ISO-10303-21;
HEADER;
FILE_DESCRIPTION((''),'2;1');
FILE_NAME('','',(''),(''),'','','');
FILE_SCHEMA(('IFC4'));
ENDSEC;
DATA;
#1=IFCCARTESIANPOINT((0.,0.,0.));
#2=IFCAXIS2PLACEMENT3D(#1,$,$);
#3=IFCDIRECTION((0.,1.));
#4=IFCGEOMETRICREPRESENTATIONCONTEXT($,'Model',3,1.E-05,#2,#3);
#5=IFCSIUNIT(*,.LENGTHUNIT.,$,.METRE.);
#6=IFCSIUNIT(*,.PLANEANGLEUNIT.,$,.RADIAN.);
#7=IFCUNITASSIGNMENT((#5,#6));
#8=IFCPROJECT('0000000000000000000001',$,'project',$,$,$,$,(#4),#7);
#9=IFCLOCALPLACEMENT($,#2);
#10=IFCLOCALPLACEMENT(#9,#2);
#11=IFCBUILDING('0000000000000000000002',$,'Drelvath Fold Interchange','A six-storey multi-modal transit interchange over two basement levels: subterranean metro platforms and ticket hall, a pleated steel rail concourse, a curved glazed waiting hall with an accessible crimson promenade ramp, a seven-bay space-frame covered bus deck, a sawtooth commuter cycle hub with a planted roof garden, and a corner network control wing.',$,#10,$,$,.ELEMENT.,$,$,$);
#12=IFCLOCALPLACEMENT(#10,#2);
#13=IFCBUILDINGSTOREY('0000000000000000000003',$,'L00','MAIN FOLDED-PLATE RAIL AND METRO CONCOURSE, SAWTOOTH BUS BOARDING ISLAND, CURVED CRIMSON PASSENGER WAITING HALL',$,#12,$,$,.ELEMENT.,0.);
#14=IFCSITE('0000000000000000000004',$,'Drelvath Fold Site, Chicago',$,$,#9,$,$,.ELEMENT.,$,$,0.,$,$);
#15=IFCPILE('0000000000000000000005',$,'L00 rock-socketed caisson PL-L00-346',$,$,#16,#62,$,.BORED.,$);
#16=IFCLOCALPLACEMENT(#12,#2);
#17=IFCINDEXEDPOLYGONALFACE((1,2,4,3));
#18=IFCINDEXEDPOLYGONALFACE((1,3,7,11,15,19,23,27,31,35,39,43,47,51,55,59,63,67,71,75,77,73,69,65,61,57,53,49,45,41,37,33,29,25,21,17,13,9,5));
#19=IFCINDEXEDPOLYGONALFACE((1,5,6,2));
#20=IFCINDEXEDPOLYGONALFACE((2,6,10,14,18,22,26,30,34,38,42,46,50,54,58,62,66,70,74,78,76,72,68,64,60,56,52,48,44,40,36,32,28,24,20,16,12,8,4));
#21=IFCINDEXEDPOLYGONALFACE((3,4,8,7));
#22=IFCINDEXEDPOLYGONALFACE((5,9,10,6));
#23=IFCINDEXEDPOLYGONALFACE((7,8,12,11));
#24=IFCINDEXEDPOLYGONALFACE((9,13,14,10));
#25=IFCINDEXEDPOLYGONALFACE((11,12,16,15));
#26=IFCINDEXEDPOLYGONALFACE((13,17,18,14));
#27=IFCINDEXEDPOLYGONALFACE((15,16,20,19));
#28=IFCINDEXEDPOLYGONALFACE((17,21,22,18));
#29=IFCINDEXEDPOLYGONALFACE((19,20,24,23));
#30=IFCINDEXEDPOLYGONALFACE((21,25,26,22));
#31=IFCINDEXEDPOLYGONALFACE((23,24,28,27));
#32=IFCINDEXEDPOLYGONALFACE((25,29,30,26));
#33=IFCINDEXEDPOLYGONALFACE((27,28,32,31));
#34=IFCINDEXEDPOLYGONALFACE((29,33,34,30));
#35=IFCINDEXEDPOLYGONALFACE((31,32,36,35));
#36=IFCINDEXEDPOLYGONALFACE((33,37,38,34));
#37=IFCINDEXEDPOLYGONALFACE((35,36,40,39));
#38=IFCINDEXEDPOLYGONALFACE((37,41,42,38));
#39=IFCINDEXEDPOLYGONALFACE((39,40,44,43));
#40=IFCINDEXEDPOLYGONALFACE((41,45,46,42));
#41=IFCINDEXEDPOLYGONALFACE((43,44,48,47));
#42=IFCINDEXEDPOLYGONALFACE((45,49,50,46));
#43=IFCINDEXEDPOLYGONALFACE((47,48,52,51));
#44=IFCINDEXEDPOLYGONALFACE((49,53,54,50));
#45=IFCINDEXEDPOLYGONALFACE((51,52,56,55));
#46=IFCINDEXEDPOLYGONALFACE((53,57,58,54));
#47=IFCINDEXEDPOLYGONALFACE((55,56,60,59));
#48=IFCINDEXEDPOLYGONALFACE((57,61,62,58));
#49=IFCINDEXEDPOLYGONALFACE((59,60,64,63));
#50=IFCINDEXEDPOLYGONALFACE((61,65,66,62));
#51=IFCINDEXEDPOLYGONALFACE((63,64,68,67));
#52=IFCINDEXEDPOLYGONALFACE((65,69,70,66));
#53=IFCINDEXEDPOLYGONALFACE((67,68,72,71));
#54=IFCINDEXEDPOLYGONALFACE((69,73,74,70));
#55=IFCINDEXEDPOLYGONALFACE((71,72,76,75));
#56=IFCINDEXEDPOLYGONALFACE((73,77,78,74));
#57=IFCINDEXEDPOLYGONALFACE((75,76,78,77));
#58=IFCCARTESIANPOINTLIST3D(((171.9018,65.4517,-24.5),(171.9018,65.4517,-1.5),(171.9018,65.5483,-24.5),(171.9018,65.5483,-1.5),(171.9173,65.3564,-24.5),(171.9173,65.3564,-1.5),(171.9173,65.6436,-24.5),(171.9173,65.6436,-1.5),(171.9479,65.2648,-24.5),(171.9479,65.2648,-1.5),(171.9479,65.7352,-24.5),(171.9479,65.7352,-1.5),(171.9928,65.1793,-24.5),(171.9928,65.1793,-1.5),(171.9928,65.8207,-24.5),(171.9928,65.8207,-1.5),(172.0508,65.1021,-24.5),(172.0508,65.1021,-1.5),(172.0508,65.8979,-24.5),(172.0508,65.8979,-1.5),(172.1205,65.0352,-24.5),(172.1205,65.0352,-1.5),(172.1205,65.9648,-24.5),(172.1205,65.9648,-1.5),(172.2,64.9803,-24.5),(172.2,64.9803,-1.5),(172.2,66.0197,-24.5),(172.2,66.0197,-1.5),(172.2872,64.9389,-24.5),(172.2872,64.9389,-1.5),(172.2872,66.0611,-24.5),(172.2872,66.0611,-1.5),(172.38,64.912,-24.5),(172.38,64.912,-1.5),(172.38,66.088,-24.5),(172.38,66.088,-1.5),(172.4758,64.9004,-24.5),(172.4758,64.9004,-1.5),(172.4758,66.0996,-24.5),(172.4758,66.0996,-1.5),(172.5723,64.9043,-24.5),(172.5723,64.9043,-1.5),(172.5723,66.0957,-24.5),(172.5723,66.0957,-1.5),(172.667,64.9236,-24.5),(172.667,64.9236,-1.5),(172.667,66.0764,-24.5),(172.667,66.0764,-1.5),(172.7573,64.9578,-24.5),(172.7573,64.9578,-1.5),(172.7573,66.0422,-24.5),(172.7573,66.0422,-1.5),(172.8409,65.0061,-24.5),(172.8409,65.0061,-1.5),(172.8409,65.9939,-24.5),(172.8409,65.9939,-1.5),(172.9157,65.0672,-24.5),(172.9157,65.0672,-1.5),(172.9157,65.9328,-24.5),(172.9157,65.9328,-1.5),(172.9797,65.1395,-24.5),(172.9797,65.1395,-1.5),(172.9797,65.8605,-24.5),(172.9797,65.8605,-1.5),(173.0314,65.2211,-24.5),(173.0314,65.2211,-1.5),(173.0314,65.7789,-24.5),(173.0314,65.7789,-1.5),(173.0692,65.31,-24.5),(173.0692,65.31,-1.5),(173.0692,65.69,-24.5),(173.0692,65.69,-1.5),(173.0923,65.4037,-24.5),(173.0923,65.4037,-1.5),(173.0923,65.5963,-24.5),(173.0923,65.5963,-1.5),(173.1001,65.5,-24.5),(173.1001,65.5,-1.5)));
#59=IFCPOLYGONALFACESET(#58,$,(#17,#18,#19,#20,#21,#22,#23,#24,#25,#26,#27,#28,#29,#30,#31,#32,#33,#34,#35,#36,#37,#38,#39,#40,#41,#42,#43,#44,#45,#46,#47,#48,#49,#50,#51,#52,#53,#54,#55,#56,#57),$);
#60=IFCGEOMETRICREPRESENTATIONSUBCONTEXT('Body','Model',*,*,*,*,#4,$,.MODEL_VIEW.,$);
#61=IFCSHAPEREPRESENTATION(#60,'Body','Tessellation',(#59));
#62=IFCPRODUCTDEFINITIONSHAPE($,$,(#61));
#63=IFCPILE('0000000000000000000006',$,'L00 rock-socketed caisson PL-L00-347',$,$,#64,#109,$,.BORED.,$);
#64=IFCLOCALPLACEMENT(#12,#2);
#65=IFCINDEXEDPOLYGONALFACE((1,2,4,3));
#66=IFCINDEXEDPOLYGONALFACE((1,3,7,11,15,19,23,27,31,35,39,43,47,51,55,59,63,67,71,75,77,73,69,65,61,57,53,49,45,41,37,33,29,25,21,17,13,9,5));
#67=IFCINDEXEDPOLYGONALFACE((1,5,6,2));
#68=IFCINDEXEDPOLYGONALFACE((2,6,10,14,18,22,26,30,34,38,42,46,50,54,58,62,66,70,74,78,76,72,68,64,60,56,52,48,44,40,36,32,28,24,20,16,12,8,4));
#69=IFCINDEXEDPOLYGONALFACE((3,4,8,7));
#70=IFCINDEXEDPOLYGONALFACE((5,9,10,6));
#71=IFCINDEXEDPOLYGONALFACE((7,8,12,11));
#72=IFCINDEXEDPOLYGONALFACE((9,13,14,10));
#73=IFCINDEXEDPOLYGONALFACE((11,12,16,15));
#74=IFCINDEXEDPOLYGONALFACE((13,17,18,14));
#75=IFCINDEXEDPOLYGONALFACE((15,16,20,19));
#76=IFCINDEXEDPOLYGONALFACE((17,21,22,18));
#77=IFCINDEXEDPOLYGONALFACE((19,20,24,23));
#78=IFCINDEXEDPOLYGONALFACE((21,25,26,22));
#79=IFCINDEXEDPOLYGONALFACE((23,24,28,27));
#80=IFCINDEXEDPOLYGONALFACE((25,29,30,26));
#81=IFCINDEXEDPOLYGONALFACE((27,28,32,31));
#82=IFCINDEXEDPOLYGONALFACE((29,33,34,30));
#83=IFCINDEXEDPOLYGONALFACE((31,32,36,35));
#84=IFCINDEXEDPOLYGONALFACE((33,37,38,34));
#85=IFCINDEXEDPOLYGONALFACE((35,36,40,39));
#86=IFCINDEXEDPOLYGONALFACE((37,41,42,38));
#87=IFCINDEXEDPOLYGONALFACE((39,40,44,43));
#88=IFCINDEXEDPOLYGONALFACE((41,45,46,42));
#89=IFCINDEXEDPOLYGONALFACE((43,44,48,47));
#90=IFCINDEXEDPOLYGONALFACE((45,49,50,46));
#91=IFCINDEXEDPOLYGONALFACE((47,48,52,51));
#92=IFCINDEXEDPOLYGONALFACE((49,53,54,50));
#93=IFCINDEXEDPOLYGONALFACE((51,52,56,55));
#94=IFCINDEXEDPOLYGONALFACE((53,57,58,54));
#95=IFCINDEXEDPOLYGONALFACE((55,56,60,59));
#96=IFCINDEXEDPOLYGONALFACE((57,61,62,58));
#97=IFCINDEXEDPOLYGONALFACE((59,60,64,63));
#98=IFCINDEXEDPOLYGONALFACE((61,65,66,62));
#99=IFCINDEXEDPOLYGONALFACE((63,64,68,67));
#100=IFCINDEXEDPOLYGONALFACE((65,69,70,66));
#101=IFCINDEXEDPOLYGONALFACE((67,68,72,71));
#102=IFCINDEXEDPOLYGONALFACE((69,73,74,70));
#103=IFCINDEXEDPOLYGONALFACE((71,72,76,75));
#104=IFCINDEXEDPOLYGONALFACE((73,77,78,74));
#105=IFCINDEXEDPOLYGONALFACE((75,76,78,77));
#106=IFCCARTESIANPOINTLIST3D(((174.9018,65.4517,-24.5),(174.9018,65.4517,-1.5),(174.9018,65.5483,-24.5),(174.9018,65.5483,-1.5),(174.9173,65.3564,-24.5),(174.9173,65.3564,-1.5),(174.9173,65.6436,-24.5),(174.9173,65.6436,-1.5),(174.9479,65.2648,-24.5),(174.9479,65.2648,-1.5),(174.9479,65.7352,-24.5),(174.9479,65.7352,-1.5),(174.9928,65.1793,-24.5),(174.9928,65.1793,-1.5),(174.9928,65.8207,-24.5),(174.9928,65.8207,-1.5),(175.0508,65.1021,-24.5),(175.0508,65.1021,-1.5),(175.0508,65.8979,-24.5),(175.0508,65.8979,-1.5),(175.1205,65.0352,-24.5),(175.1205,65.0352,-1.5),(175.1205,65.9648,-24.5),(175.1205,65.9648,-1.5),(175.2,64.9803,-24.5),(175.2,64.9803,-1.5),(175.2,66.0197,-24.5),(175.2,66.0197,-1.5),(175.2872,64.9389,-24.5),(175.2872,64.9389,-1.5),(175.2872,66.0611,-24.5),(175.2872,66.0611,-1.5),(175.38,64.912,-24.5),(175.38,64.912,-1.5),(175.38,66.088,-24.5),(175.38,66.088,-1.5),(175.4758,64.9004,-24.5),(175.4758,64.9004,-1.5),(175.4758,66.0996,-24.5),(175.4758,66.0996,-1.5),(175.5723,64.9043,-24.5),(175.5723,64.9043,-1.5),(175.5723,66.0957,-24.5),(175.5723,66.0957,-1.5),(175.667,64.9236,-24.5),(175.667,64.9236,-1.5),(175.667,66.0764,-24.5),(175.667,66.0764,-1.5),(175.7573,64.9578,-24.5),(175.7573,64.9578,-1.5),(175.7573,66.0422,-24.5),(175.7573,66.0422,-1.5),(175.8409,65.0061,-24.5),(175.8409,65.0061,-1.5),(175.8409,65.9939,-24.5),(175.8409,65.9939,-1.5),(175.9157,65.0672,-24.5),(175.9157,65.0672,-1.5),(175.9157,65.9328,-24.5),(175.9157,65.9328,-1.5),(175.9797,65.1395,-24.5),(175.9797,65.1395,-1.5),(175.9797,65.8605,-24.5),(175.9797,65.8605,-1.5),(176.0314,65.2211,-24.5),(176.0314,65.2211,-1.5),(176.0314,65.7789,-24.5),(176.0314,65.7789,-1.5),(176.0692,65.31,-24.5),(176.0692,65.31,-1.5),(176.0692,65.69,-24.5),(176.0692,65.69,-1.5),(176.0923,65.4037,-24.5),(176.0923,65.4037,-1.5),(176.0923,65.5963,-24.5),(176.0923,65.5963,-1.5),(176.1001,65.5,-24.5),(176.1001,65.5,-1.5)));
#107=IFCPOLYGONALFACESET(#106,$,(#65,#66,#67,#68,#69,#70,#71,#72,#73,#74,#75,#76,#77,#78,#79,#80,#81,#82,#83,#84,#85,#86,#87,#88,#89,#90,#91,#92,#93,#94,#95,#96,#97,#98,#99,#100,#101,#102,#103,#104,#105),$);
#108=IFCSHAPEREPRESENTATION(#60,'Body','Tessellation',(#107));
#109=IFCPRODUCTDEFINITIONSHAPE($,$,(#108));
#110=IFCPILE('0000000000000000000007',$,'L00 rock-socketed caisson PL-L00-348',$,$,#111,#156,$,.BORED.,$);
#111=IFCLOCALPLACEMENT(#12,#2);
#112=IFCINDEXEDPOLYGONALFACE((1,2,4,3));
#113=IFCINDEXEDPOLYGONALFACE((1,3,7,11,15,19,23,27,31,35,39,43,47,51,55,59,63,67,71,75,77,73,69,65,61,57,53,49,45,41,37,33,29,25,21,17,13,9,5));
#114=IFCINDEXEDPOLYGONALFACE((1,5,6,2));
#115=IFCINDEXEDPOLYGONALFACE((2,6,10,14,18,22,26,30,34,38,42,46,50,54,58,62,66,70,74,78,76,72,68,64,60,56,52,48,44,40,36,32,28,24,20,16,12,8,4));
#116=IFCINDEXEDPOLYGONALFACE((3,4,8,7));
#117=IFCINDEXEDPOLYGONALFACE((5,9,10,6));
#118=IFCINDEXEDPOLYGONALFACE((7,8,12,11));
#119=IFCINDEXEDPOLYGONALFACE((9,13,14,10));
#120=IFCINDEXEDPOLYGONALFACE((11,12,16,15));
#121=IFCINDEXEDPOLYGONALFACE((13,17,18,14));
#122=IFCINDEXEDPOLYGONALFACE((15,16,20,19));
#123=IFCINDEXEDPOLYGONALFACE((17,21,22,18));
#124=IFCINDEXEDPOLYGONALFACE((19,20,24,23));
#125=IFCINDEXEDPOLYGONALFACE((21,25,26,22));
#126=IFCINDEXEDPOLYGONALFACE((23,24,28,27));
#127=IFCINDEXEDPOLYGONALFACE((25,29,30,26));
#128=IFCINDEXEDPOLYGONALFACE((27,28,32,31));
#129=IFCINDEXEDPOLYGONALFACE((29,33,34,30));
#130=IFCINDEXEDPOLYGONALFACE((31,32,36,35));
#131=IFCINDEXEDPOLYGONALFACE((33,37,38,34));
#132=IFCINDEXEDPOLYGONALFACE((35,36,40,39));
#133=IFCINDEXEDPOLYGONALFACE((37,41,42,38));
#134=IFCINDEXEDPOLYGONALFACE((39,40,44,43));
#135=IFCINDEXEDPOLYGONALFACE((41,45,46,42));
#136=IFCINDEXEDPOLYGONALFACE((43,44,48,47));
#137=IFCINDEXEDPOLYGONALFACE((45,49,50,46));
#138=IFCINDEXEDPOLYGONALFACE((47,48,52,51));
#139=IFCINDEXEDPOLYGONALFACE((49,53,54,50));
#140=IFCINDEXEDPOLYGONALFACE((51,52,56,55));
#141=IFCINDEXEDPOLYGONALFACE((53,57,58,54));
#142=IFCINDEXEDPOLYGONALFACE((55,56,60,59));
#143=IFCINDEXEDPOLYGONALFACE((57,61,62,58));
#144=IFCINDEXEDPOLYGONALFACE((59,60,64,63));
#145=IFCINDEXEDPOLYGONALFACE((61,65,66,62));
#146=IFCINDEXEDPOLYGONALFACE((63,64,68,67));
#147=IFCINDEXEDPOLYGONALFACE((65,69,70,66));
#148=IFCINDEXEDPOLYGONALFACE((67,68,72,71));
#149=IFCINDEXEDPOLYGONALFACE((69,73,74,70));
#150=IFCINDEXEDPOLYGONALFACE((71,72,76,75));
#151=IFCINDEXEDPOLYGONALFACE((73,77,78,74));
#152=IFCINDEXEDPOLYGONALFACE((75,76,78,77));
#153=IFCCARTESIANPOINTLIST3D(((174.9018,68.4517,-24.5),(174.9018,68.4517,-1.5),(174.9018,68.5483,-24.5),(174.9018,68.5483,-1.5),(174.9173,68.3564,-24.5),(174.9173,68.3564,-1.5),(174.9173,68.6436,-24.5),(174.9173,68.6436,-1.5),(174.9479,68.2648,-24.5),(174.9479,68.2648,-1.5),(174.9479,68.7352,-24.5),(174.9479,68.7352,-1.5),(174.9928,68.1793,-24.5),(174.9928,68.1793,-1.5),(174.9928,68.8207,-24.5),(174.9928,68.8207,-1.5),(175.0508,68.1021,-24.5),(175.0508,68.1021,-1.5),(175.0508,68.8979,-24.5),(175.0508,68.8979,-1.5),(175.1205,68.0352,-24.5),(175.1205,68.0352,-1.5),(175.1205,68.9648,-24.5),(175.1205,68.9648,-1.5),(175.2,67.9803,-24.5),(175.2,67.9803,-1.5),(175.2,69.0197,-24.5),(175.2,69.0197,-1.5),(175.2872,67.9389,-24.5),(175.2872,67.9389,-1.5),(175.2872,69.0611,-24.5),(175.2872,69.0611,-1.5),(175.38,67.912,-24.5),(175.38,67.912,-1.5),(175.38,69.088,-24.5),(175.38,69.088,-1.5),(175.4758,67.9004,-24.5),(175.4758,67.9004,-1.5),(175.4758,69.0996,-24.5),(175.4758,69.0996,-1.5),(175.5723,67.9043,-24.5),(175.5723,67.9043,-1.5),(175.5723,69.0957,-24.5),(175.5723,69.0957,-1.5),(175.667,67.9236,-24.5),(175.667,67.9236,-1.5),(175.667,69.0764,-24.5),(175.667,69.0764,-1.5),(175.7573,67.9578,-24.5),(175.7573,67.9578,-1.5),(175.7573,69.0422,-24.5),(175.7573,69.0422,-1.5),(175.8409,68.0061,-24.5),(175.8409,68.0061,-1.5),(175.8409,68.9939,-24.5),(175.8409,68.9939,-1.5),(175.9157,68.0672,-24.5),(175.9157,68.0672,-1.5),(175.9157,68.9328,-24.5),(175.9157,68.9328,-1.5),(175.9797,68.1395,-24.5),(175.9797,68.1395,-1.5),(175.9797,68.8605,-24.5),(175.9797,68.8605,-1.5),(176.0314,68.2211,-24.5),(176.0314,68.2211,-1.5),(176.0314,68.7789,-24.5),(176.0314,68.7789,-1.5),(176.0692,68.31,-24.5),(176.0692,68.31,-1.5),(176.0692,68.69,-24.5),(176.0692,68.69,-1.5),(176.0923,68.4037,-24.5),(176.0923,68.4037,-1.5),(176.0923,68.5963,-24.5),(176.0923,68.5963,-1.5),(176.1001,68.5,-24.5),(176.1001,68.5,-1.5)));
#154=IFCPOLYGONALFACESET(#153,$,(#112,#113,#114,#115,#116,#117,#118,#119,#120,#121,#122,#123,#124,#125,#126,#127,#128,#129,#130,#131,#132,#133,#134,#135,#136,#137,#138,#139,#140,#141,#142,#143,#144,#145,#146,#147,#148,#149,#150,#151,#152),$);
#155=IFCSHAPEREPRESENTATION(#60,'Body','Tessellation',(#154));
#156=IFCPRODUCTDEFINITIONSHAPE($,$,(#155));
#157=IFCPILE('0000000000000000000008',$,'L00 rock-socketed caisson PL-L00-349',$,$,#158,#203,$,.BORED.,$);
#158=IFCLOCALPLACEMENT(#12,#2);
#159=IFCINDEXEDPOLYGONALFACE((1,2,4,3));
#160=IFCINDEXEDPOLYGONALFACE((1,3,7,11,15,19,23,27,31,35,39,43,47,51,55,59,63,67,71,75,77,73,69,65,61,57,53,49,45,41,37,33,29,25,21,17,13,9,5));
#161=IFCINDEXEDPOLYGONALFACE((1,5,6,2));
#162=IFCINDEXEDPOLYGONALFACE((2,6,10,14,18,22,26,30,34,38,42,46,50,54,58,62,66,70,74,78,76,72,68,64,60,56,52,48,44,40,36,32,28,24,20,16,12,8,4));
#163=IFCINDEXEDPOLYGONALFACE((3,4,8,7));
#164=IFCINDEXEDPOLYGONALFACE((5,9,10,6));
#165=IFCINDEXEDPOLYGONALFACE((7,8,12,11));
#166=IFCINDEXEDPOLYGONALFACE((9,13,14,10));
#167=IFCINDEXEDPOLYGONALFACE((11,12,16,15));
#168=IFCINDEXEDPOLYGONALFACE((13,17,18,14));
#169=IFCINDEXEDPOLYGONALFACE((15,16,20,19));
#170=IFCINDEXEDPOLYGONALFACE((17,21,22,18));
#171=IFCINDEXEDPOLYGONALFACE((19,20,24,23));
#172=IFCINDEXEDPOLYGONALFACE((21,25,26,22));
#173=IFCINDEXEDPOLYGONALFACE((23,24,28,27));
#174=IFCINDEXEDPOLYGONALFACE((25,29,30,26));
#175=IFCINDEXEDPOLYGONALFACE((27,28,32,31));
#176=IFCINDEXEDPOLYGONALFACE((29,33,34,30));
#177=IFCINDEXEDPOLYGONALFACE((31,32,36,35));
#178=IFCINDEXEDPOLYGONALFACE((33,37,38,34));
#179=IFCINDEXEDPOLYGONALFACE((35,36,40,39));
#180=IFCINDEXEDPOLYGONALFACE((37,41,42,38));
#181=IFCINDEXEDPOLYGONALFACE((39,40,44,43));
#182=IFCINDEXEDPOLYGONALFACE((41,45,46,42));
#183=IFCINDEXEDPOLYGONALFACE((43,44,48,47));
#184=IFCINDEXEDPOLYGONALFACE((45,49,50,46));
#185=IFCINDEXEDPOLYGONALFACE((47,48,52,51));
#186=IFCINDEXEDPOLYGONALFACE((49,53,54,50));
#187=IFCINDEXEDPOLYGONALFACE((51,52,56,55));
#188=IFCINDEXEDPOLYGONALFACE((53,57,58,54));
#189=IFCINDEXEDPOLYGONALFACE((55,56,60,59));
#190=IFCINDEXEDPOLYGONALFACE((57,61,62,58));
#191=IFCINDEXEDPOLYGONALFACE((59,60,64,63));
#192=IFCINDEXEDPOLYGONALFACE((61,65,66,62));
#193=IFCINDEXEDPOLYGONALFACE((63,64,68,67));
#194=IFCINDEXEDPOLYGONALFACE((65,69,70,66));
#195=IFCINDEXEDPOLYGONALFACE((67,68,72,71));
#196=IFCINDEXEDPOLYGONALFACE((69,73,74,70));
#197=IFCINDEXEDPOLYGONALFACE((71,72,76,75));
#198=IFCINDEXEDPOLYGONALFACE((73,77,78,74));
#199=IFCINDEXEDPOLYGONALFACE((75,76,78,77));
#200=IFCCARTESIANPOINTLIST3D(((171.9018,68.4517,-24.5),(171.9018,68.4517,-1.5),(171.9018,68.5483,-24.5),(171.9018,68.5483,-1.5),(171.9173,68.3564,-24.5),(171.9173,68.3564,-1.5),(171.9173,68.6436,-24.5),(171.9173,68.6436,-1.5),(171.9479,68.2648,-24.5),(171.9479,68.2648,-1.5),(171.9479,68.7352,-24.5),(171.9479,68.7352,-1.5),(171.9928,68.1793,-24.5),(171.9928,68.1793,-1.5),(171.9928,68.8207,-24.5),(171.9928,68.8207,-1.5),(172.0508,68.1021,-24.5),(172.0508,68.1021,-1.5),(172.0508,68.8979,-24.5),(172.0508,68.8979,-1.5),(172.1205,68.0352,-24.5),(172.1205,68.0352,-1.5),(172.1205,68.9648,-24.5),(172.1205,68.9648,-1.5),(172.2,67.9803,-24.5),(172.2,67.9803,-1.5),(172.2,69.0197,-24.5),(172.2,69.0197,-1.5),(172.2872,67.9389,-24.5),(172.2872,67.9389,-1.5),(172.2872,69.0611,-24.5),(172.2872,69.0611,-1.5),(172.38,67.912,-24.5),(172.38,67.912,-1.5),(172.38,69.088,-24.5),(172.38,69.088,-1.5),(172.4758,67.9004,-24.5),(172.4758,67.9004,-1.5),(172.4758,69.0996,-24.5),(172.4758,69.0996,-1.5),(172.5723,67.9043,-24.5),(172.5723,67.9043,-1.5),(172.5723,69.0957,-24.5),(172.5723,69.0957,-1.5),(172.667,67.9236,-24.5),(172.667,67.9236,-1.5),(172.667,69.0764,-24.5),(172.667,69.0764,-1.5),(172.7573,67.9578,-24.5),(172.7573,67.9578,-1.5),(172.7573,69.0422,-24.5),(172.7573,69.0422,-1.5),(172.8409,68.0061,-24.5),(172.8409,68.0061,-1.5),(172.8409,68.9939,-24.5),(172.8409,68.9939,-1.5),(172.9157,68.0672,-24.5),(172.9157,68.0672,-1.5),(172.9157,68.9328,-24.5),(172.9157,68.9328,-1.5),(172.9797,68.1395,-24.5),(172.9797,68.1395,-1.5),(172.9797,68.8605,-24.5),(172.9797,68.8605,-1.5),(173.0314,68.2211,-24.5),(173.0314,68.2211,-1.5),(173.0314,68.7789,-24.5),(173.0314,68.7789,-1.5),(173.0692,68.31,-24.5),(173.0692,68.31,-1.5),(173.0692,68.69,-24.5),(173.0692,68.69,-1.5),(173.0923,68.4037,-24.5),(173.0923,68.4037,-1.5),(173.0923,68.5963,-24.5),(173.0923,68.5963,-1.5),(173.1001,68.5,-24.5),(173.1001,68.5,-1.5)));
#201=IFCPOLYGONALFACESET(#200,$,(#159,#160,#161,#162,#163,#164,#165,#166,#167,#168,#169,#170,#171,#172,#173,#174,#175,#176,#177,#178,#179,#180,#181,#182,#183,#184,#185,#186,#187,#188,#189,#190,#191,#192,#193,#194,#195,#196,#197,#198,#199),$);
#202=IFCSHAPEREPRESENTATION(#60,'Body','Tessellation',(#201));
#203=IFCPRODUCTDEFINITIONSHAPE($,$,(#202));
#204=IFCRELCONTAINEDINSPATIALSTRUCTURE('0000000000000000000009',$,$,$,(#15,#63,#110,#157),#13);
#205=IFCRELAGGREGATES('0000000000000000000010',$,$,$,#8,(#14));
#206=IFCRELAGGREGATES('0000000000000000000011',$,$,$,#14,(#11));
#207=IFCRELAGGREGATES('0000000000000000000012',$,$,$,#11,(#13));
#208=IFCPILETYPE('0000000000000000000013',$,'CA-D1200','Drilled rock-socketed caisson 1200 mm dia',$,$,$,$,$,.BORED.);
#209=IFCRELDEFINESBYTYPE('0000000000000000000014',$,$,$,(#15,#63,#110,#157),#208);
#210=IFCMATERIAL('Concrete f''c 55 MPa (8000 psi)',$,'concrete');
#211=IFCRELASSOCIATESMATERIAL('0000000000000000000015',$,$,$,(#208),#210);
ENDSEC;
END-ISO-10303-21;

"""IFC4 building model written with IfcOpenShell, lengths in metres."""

from ifc_helpers import new_model, si_unit, direction, frame, origin, origin_2d, place, context, subcontext, project, spatial, circle, extrude, material, material_profile, profile_set, type_object, element, save


model = new_model("IFC4")

# Units and contexts
model_context = context("Model", 3, precision=1e-05, world=origin(), true_north=direction((0.0, 1.0)))
body_context = subcontext(model_context, "Body", "Model", "MODEL_VIEW")
ifc_project = project(units=[si_unit("LENGTHUNIT", "METRE"), si_unit("PLANEANGLEUNIT", "RADIAN")], contexts=[model_context])

# Site, building, storey
site_placement = place(None, origin())
site = spatial("IfcSite", under=ifc_project, at=site_placement, Name="Drelvath Fold Site, Chicago", CompositionType="ELEMENT", RefElevation=0.0)
building_placement = place(site_placement, origin())
building = spatial("IfcBuilding", under=site, at=building_placement, Name="Drelvath Fold Interchange", Description="A six-storey multi-modal transit interchange over two basement levels: subterranean metro platforms and ticket hall, a pleated steel rail concourse, a curved glazed waiting hall with an accessible crimson promenade ramp, a seven-bay space-frame covered bus deck, a sawtooth commuter cycle hub with a planted roof garden, and a corner network control wing.", CompositionType="ELEMENT")
storey_placement = place(building_placement, origin())
storey = spatial("IfcBuildingStorey", under=building, at=storey_placement, Name="L00", Description="MAIN FOLDED-PLATE RAIL AND METRO CONCOURSE, SAWTOOTH BUS BOARDING ISLAND, CURVED CRIMSON PASSENGER WAITING HALL", CompositionType="ELEMENT", Elevation=0.0)

# Piles
ifc_material_1 = material(Name="Concrete f'c 55 MPa (8000 psi)", Category="concrete")
ifc_material_profile_1 = material_profile(ifc_material_1, circle(Radius=0.6001, at=origin_2d()), Name="CAISSON D1200")
ifc_profile_set_1 = profile_set([ifc_material_profile_1], Name="Concrete f'c 55 MPa (8000 psi)")
pile_type_1 = type_object("IfcPileType", Name="CA-D1200", Description="Drilled rock-socketed caisson 1200 mm dia", PredefinedType="BORED", material=ifc_profile_set_1)
for number, where, z_axis, x_axis, name in (
    (1, (172.5, 65.5, -1.5), (0.0, 0.0, -1.0), (1.0, 0.0, 0.0), "L00 rock-socketed caisson PL-L00-346"),
    (2, (175.5, 65.5, -1.5), (0.0, 0.0, -1.0), (1.0, 0.0, 0.0), "L00 rock-socketed caisson PL-L00-347"),
    (3, (175.5, 68.5, -1.5), (0.0, 0.0, -1.0), (1.0, 0.0, 0.0), "L00 rock-socketed caisson PL-L00-348"),
    (4, (172.5, 68.5, -1.5), (0.0, 0.0, -1.0), (1.0, 0.0, 0.0), "L00 rock-socketed caisson PL-L00-349"),
):
    element("IfcPile", number, at=place(storey_placement, frame(where, z_axis=z_axis, x_axis=x_axis)), inside=storey, type_object=pile_type_1, Name=name, PredefinedType="BORED", context=body_context, shape_type="SweptSolid", body=[
        extrude(circle(Radius=0.6001, at=origin_2d()), origin(), (0.0, 0.0, 1.0), 23.0),
    ])

save(model, "model.ifc")
